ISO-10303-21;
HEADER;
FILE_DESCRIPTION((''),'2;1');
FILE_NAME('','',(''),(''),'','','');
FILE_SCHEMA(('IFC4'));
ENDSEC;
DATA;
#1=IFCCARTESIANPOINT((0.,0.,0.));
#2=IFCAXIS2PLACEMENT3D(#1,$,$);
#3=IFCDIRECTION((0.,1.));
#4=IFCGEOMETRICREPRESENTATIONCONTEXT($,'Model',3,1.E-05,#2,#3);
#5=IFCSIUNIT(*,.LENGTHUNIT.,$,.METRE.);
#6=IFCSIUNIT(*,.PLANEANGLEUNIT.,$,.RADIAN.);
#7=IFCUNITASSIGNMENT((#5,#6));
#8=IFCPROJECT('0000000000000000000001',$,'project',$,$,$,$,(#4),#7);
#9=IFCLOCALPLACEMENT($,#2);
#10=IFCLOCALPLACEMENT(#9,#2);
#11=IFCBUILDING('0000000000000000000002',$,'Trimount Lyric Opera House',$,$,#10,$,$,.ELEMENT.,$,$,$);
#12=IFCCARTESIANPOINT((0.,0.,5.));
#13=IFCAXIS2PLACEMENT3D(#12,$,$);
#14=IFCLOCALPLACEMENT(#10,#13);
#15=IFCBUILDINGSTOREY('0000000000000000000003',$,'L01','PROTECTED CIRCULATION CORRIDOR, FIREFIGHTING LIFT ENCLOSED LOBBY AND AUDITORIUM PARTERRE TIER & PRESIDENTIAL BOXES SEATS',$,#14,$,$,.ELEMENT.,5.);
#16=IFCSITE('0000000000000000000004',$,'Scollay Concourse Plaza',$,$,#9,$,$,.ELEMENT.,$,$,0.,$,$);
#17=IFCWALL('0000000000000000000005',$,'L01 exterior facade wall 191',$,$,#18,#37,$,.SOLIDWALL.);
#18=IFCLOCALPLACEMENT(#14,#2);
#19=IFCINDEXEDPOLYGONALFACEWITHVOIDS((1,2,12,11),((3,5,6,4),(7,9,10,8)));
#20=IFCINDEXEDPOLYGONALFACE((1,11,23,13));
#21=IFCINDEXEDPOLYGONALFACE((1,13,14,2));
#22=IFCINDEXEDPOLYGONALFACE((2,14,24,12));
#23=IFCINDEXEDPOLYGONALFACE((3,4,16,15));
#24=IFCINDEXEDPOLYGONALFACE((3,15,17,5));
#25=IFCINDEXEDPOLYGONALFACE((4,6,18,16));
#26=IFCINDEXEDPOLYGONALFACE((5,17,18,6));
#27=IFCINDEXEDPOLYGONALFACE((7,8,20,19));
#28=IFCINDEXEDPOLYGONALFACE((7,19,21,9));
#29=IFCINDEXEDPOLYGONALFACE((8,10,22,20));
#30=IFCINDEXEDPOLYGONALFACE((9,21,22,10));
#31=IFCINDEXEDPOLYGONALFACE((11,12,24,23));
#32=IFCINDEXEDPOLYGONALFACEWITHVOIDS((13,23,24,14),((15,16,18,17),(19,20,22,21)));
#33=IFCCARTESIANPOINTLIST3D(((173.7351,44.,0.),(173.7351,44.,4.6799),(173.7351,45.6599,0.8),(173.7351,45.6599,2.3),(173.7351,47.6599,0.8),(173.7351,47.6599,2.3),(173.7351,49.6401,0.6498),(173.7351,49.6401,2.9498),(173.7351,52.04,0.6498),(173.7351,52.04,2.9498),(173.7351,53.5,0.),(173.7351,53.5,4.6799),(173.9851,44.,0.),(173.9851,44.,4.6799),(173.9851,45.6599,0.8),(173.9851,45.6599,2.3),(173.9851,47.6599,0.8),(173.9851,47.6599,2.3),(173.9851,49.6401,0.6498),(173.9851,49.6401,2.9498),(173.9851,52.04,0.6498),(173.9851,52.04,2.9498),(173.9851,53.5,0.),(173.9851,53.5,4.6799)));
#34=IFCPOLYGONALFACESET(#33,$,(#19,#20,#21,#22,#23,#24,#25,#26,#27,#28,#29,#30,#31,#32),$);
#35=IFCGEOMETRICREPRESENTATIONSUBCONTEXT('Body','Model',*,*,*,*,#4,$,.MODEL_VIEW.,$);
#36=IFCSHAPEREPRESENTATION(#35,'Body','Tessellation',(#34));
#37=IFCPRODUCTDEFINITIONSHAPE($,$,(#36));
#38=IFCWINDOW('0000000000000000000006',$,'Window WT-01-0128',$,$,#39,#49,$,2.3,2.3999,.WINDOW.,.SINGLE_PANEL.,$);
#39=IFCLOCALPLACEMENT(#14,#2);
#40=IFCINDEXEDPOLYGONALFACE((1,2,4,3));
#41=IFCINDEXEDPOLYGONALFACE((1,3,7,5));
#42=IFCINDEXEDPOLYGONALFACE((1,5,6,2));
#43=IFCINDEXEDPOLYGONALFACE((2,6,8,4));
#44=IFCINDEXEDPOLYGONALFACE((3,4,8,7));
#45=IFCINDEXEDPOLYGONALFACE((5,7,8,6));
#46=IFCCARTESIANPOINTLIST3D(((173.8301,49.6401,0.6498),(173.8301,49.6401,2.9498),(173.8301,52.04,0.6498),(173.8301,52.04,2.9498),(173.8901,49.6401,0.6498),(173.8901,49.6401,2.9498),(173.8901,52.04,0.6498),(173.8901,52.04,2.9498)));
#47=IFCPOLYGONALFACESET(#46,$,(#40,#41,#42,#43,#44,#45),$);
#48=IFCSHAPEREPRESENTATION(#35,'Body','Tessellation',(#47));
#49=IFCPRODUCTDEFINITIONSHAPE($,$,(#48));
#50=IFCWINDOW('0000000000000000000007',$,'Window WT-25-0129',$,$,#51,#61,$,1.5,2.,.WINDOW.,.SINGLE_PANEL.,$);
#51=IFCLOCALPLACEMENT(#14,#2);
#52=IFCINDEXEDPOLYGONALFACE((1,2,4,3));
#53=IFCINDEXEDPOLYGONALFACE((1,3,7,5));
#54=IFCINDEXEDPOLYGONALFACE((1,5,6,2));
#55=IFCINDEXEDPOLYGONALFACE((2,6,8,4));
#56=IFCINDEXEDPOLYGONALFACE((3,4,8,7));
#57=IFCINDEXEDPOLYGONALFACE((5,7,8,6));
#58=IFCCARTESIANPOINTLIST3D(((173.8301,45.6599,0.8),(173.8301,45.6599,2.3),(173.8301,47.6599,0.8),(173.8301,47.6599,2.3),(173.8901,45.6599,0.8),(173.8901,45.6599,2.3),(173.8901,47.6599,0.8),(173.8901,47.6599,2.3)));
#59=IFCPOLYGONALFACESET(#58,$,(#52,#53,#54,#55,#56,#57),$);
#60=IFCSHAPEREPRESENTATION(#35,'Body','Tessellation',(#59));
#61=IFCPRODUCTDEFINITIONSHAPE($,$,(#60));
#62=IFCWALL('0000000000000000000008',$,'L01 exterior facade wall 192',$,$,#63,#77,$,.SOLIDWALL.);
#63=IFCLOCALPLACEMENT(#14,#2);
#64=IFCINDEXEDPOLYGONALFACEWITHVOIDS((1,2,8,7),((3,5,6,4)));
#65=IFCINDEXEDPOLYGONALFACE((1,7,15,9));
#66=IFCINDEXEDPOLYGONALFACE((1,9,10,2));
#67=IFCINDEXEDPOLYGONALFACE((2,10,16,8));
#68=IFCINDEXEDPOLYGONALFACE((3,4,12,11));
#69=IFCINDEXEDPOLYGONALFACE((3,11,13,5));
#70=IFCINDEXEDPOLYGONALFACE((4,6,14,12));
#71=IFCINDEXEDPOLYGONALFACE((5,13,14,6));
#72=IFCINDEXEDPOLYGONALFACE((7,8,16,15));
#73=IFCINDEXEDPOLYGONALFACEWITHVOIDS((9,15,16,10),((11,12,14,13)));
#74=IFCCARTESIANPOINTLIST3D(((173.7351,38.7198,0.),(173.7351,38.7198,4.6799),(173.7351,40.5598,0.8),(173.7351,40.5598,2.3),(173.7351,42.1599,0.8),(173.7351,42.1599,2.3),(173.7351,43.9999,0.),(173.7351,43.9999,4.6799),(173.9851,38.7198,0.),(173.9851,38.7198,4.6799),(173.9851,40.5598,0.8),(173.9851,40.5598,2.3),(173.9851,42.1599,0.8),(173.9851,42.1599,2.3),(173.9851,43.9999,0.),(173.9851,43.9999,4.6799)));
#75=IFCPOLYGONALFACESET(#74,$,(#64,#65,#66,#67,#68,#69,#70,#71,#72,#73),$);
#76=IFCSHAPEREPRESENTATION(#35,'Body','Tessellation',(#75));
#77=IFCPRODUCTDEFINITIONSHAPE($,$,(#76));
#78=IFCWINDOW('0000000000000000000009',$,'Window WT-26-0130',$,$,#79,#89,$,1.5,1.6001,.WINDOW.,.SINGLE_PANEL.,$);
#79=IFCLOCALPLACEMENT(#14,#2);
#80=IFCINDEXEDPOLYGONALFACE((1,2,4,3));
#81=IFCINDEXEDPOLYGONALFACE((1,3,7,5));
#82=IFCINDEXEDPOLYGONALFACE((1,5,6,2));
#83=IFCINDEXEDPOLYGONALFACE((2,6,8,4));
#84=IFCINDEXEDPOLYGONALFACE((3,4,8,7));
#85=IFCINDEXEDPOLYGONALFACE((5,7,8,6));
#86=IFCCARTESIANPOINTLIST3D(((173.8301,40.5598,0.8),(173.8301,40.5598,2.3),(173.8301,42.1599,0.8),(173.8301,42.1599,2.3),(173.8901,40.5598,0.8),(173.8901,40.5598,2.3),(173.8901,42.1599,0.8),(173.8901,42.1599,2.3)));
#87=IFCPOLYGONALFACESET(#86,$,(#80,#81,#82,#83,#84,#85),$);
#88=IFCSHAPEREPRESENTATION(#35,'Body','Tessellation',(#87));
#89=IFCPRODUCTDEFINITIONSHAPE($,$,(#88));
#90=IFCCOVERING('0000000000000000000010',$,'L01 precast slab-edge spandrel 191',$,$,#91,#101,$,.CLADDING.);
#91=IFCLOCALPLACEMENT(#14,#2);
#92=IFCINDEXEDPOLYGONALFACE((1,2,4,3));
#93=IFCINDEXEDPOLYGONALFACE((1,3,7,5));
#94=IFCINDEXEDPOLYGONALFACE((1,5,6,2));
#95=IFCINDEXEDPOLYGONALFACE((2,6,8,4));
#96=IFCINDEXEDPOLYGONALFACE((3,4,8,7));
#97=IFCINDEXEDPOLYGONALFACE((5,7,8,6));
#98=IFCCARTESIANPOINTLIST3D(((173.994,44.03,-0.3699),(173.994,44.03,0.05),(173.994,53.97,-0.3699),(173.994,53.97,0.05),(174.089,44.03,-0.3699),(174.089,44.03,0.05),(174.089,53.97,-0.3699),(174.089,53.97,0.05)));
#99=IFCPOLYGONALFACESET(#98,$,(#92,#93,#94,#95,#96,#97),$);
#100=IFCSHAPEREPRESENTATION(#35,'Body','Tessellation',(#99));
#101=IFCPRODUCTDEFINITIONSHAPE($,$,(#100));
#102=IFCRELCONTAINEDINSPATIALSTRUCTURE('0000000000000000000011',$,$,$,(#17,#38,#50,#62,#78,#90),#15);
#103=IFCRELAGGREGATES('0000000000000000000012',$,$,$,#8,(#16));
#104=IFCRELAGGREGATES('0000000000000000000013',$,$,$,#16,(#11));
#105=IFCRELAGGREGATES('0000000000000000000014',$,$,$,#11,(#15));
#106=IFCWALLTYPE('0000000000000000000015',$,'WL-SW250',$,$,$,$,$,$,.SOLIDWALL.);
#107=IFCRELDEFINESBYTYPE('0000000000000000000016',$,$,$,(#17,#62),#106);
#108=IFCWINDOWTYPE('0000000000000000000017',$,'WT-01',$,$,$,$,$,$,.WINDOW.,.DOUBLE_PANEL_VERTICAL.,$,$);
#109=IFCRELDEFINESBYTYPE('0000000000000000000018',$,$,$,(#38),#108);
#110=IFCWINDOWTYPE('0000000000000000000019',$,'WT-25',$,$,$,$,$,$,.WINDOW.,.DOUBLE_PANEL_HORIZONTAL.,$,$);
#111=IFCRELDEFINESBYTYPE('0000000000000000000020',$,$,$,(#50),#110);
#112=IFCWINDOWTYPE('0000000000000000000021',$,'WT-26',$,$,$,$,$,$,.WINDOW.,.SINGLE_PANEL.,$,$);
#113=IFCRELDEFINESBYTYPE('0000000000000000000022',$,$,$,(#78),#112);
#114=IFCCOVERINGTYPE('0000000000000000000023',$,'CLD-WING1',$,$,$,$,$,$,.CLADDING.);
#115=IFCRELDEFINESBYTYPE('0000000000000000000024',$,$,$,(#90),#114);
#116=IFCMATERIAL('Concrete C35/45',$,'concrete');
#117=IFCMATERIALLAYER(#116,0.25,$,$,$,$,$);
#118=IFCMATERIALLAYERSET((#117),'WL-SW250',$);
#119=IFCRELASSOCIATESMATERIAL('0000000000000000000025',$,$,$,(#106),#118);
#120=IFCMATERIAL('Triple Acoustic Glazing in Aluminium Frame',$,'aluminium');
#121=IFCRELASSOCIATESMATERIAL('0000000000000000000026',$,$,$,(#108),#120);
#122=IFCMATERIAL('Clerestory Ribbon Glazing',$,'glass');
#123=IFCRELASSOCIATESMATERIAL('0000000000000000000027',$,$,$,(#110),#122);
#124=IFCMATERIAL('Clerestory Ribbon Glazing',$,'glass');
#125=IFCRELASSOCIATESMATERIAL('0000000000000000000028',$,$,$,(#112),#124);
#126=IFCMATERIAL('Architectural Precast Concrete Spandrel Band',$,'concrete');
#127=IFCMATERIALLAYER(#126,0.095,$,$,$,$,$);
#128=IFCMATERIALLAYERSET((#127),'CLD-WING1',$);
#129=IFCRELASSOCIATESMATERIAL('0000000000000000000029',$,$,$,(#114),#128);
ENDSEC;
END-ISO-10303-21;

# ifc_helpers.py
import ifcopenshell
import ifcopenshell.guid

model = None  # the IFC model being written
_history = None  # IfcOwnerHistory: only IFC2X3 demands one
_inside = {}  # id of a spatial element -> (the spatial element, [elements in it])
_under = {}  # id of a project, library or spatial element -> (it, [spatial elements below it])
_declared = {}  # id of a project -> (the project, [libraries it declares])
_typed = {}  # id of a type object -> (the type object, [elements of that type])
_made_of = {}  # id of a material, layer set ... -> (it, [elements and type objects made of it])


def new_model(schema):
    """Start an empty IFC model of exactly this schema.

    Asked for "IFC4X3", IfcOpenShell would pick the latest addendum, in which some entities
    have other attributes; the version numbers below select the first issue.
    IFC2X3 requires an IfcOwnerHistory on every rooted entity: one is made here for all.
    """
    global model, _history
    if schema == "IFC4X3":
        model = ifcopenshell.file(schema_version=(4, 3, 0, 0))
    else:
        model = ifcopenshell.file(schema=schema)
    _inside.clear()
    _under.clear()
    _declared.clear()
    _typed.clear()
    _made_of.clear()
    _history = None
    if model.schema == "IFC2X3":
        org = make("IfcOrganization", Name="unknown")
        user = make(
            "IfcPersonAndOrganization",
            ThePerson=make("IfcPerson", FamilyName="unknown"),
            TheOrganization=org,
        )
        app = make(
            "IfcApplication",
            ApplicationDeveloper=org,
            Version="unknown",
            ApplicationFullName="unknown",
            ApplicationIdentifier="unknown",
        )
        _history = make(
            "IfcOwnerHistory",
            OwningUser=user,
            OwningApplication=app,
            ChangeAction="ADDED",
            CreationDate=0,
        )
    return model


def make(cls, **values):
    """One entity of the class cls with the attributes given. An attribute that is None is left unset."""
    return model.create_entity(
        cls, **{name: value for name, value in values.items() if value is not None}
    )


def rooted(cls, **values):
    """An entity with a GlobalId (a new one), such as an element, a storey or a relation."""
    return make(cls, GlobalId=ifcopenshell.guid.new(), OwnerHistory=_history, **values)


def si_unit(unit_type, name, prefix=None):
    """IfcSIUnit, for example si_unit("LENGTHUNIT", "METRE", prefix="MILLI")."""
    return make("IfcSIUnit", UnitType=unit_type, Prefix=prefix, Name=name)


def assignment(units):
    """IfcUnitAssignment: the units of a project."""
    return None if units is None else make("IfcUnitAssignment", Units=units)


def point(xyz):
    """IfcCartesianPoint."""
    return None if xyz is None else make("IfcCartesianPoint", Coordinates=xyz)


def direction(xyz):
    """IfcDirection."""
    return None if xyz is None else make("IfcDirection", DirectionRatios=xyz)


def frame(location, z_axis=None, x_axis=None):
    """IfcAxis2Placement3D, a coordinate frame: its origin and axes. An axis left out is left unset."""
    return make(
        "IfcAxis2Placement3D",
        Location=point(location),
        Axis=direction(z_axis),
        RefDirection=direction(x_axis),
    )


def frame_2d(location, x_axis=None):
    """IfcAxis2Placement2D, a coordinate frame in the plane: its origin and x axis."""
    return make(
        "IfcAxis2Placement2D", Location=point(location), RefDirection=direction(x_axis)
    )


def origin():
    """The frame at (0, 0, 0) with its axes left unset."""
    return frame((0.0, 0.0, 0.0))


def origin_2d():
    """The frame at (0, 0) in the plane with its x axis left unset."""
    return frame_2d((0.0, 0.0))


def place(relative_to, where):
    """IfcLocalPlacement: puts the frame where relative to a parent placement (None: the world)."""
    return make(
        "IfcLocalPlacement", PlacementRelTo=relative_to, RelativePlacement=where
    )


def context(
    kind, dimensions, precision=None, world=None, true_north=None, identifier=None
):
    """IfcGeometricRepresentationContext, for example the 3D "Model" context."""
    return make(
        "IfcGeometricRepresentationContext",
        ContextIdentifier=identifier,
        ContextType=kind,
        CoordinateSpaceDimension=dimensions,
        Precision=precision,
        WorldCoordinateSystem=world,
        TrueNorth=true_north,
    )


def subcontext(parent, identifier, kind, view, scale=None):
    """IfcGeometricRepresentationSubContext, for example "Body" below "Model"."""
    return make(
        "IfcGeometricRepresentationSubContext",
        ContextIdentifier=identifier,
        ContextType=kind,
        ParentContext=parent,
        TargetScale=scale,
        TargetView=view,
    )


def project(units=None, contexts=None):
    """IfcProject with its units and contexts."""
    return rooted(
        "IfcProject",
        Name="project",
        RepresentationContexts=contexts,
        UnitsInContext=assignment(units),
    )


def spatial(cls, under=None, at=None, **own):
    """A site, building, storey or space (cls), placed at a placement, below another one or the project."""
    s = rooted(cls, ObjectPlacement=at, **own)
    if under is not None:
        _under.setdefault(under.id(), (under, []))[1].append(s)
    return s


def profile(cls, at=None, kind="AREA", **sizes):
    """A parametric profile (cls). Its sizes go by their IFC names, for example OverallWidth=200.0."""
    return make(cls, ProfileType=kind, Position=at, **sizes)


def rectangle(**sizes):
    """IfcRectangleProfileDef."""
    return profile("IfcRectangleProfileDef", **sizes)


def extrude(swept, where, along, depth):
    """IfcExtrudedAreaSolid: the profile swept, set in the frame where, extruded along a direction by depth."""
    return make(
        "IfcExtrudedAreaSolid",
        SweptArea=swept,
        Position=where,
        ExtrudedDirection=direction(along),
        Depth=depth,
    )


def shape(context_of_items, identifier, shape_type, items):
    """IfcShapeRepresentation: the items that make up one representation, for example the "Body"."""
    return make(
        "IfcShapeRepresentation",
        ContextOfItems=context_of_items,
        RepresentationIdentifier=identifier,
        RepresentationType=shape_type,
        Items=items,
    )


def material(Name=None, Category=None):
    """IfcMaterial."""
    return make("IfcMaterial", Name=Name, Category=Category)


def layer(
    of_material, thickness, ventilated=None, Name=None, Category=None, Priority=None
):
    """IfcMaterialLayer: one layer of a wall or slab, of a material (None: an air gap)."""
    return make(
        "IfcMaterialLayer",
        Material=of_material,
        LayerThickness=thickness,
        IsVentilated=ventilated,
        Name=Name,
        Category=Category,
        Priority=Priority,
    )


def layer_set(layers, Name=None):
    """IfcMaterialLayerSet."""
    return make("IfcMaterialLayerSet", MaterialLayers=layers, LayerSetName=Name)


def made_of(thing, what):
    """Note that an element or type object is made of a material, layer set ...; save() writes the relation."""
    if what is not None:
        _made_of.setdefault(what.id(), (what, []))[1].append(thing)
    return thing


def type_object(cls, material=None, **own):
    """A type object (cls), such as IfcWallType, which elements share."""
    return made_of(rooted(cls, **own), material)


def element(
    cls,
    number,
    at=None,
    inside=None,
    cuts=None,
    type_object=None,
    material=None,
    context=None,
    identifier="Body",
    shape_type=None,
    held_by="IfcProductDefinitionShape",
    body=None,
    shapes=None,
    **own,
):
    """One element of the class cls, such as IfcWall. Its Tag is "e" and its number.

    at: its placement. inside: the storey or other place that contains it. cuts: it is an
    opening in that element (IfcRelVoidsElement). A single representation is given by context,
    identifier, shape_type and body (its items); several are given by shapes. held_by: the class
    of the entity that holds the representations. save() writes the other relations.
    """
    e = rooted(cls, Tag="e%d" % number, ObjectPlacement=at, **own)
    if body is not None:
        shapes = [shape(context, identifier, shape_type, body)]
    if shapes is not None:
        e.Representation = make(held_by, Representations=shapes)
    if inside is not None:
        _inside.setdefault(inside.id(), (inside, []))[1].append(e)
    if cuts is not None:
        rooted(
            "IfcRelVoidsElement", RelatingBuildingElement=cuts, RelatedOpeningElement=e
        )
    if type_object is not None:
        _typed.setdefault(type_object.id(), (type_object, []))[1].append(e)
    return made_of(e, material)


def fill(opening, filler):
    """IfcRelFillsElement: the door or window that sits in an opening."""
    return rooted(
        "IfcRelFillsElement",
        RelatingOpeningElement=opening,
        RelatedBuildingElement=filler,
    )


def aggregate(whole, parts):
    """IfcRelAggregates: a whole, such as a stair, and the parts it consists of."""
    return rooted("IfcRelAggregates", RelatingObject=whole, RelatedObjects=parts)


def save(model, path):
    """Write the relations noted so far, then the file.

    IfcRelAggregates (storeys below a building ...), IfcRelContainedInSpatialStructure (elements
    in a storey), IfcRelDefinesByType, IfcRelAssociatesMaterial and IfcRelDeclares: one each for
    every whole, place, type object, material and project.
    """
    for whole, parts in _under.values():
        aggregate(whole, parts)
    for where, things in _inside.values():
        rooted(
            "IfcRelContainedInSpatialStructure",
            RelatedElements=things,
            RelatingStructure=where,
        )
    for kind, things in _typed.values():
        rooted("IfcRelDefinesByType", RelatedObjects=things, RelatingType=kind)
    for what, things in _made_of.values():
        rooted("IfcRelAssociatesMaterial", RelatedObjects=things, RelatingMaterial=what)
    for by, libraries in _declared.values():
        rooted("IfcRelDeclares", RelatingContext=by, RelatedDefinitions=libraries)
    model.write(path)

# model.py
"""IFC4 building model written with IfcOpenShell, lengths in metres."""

from ifc_helpers import new_model, si_unit, direction, frame, frame_2d, origin, origin_2d, place, context, subcontext, project, spatial, rectangle, extrude, material, layer, layer_set, type_object, element, fill, save


model = new_model("IFC4")

# Units and contexts
model_context = context("Model", 3, precision=1e-05, world=origin(), true_north=direction((0.0, 1.0)))
body_context = subcontext(model_context, "Body", "Model", "MODEL_VIEW")
ifc_project = project(units=[si_unit("LENGTHUNIT", "METRE"), si_unit("PLANEANGLEUNIT", "RADIAN")], contexts=[model_context])

# Site, building, storey
site_placement = place(None, origin())
site = spatial("IfcSite", under=ifc_project, at=site_placement, Name="Scollay Concourse Plaza", CompositionType="ELEMENT", RefElevation=0.0)
building_placement = place(site_placement, origin())
building = spatial("IfcBuilding", under=site, at=building_placement, Name="Trimount Lyric Opera House", CompositionType="ELEMENT")
storey_placement = place(building_placement, frame((0.0, 0.0, 5.0)))
storey = spatial("IfcBuildingStorey", under=building, at=storey_placement, Name="L01", Description="PROTECTED CIRCULATION CORRIDOR, FIREFIGHTING LIFT ENCLOSED LOBBY AND AUDITORIUM PARTERRE TIER & PRESIDENTIAL BOXES SEATS", CompositionType="ELEMENT", Elevation=5.0)

# Wall, openings, windows
ifc_material_1 = material(Name="Concrete C35/45", Category="concrete")
ifc_layer_1 = layer(ifc_material_1, 0.25)
ifc_layer_set_1 = layer_set([ifc_layer_1], Name="WL-SW250")
wall_type_1 = type_object("IfcWallType", Name="WL-SW250", PredefinedType="SOLIDWALL", material=ifc_layer_set_1)
wall_1_placement = place(storey_placement, frame((173.8601, 53.5, 0.0), z_axis=(0.0, 0.0, 1.0), x_axis=(0.0, -1.0, 0.0)))
wall_1 = element("IfcWall", 1, at=wall_1_placement, inside=storey, type_object=wall_type_1, Name="L01 exterior facade wall 191", PredefinedType="SOLIDWALL", context=body_context, shape_type="SweptSolid", body=[
    extrude(rectangle(XDim=9.5, YDim=0.25, at=frame_2d((4.75, 0.0))), origin(), (0.0, 0.0, 1.0), 4.6799),
])
opening_1_placement = place(wall_1_placement, frame((1.46, 0.0, 0.6499)))
opening_1 = element("IfcOpeningElement", 2, at=opening_1_placement, cuts=wall_1, PredefinedType="OPENING", context=body_context, shape_type="SweptSolid", body=[
    extrude(rectangle(XDim=2.3999, YDim=2.3, at=frame_2d((1.2, 1.1499))), frame((0.0, 0.135, 0.0), z_axis=(0.0, -1.0, 0.0), x_axis=(1.0, 0.0, 0.0)), (0.0, 0.0, 1.0), 0.27),
])
opening_2_placement = place(wall_1_placement, frame((5.8401, 0.0, 0.8)))
opening_2 = element("IfcOpeningElement", 3, at=opening_2_placement, cuts=wall_1, PredefinedType="OPENING", context=body_context, shape_type="SweptSolid", body=[
    extrude(rectangle(XDim=2.0, YDim=1.5, at=frame_2d((1.0, 0.75))), frame((0.0, 0.135, 0.0), z_axis=(0.0, -1.0, 0.0), x_axis=(1.0, 0.0, 0.0)), (0.0, 0.0, 1.0), 0.27),
])
ifc_material_2 = material(Name="Triple Acoustic Glazing in Aluminium Frame", Category="aluminium")
window_type_1 = type_object("IfcWindowType", Name="WT-01", PartitioningType="DOUBLE_PANEL_VERTICAL", PredefinedType="WINDOW", material=ifc_material_2)
window_1_placement = place(opening_1_placement, origin())
window_1 = element("IfcWindow", 4, at=window_1_placement, inside=storey, type_object=window_type_1, Name="Window WT-01-0128", OverallHeight=2.3, OverallWidth=2.3999, PartitioningType="SINGLE_PANEL", PredefinedType="WINDOW", context=body_context, shape_type="SweptSolid", body=[
    extrude(rectangle(XDim=2.3999, YDim=2.3, at=frame_2d((1.2, 1.1499))), frame((0.0, 0.03, 0.0), z_axis=(0.0, -1.0, 0.0), x_axis=(1.0, 0.0, 0.0)), (0.0, 0.0, 1.0), 0.0601),
])
fill(opening_1, window_1)
ifc_material_3 = material(Name="Clerestory Ribbon Glazing", Category="glass")
window_type_2 = type_object("IfcWindowType", Name="WT-25", PartitioningType="DOUBLE_PANEL_HORIZONTAL", PredefinedType="WINDOW", material=ifc_material_3)
window_2_placement = place(opening_2_placement, origin())
window_2 = element("IfcWindow", 5, at=window_2_placement, inside=storey, type_object=window_type_2, Name="Window WT-25-0129", OverallHeight=1.5, OverallWidth=2.0, PartitioningType="SINGLE_PANEL", PredefinedType="WINDOW", context=body_context, shape_type="SweptSolid", body=[
    extrude(rectangle(XDim=2.0, YDim=1.5, at=frame_2d((1.0, 0.75))), frame((0.0, 0.03, 0.0), z_axis=(0.0, -1.0, 0.0), x_axis=(1.0, 0.0, 0.0)), (0.0, 0.0, 1.0), 0.0601),
])
fill(opening_2, window_2)

# Wall, opening, window
wall_2_placement = place(storey_placement, frame((173.8601, 44.0, 0.0), z_axis=(0.0, 0.0, 1.0), x_axis=(0.0, -1.0, 0.0)))
wall_2 = element("IfcWall", 6, at=wall_2_placement, inside=storey, type_object=wall_type_1, Name="L01 exterior facade wall 192", PredefinedType="SOLIDWALL", context=body_context, shape_type="SweptSolid", body=[
    extrude(rectangle(XDim=5.28, YDim=0.25, at=frame_2d((2.6401, 0.0))), origin(), (0.0, 0.0, 1.0), 4.6799),
])
opening_3_placement = place(wall_2_placement, frame((1.8401, 0.0, 0.8)))
opening_3 = element("IfcOpeningElement", 7, at=opening_3_placement, cuts=wall_2, PredefinedType="OPENING", context=body_context, shape_type="SweptSolid", body=[
    extrude(rectangle(XDim=1.6001, YDim=1.5, at=frame_2d((0.8, 0.75))), frame((0.0, 0.135, 0.0), z_axis=(0.0, -1.0, 0.0), x_axis=(1.0, 0.0, 0.0)), (0.0, 0.0, 1.0), 0.27),
])
ifc_material_4 = material(Name="Clerestory Ribbon Glazing", Category="glass")
window_type_3 = type_object("IfcWindowType", Name="WT-26", PartitioningType="SINGLE_PANEL", PredefinedType="WINDOW", material=ifc_material_4)
window_3_placement = place(opening_3_placement, origin())
window_3 = element("IfcWindow", 8, at=window_3_placement, inside=storey, type_object=window_type_3, Name="Window WT-26-0130", OverallHeight=1.5, OverallWidth=1.6001, PartitioningType="SINGLE_PANEL", PredefinedType="WINDOW", context=body_context, shape_type="SweptSolid", body=[
    extrude(rectangle(XDim=1.6001, YDim=1.5, at=frame_2d((0.8, 0.75))), frame((0.0, 0.03, 0.0), z_axis=(0.0, -1.0, 0.0), x_axis=(1.0, 0.0, 0.0)), (0.0, 0.0, 1.0), 0.0601),
])
fill(opening_3, window_3)

# Covering
ifc_material_5 = material(Name="Architectural Precast Concrete Spandrel Band", Category="concrete")
ifc_layer_2 = layer(ifc_material_5, 0.095)
ifc_layer_set_2 = layer_set([ifc_layer_2], Name="CLD-WING1")
covering_type = type_object("IfcCoveringType", Name="CLD-WING1", PredefinedType="CLADDING", material=ifc_layer_set_2)
covering_placement = place(storey_placement, frame((174.0415, 49.0, -0.3699), z_axis=(0.0, 0.0, 1.0), x_axis=(0.0, -1.0, 0.0)))
element("IfcCovering", 9, at=covering_placement, inside=storey, type_object=covering_type, Name="L01 precast slab-edge spandrel 191", PredefinedType="CLADDING", context=body_context, shape_type="SweptSolid", body=[
    extrude(rectangle(XDim=9.9399, YDim=0.095, at=origin_2d()), origin(), (0.0, 0.0, 1.0), 0.4199),
])

save(model, "model.ifc")
